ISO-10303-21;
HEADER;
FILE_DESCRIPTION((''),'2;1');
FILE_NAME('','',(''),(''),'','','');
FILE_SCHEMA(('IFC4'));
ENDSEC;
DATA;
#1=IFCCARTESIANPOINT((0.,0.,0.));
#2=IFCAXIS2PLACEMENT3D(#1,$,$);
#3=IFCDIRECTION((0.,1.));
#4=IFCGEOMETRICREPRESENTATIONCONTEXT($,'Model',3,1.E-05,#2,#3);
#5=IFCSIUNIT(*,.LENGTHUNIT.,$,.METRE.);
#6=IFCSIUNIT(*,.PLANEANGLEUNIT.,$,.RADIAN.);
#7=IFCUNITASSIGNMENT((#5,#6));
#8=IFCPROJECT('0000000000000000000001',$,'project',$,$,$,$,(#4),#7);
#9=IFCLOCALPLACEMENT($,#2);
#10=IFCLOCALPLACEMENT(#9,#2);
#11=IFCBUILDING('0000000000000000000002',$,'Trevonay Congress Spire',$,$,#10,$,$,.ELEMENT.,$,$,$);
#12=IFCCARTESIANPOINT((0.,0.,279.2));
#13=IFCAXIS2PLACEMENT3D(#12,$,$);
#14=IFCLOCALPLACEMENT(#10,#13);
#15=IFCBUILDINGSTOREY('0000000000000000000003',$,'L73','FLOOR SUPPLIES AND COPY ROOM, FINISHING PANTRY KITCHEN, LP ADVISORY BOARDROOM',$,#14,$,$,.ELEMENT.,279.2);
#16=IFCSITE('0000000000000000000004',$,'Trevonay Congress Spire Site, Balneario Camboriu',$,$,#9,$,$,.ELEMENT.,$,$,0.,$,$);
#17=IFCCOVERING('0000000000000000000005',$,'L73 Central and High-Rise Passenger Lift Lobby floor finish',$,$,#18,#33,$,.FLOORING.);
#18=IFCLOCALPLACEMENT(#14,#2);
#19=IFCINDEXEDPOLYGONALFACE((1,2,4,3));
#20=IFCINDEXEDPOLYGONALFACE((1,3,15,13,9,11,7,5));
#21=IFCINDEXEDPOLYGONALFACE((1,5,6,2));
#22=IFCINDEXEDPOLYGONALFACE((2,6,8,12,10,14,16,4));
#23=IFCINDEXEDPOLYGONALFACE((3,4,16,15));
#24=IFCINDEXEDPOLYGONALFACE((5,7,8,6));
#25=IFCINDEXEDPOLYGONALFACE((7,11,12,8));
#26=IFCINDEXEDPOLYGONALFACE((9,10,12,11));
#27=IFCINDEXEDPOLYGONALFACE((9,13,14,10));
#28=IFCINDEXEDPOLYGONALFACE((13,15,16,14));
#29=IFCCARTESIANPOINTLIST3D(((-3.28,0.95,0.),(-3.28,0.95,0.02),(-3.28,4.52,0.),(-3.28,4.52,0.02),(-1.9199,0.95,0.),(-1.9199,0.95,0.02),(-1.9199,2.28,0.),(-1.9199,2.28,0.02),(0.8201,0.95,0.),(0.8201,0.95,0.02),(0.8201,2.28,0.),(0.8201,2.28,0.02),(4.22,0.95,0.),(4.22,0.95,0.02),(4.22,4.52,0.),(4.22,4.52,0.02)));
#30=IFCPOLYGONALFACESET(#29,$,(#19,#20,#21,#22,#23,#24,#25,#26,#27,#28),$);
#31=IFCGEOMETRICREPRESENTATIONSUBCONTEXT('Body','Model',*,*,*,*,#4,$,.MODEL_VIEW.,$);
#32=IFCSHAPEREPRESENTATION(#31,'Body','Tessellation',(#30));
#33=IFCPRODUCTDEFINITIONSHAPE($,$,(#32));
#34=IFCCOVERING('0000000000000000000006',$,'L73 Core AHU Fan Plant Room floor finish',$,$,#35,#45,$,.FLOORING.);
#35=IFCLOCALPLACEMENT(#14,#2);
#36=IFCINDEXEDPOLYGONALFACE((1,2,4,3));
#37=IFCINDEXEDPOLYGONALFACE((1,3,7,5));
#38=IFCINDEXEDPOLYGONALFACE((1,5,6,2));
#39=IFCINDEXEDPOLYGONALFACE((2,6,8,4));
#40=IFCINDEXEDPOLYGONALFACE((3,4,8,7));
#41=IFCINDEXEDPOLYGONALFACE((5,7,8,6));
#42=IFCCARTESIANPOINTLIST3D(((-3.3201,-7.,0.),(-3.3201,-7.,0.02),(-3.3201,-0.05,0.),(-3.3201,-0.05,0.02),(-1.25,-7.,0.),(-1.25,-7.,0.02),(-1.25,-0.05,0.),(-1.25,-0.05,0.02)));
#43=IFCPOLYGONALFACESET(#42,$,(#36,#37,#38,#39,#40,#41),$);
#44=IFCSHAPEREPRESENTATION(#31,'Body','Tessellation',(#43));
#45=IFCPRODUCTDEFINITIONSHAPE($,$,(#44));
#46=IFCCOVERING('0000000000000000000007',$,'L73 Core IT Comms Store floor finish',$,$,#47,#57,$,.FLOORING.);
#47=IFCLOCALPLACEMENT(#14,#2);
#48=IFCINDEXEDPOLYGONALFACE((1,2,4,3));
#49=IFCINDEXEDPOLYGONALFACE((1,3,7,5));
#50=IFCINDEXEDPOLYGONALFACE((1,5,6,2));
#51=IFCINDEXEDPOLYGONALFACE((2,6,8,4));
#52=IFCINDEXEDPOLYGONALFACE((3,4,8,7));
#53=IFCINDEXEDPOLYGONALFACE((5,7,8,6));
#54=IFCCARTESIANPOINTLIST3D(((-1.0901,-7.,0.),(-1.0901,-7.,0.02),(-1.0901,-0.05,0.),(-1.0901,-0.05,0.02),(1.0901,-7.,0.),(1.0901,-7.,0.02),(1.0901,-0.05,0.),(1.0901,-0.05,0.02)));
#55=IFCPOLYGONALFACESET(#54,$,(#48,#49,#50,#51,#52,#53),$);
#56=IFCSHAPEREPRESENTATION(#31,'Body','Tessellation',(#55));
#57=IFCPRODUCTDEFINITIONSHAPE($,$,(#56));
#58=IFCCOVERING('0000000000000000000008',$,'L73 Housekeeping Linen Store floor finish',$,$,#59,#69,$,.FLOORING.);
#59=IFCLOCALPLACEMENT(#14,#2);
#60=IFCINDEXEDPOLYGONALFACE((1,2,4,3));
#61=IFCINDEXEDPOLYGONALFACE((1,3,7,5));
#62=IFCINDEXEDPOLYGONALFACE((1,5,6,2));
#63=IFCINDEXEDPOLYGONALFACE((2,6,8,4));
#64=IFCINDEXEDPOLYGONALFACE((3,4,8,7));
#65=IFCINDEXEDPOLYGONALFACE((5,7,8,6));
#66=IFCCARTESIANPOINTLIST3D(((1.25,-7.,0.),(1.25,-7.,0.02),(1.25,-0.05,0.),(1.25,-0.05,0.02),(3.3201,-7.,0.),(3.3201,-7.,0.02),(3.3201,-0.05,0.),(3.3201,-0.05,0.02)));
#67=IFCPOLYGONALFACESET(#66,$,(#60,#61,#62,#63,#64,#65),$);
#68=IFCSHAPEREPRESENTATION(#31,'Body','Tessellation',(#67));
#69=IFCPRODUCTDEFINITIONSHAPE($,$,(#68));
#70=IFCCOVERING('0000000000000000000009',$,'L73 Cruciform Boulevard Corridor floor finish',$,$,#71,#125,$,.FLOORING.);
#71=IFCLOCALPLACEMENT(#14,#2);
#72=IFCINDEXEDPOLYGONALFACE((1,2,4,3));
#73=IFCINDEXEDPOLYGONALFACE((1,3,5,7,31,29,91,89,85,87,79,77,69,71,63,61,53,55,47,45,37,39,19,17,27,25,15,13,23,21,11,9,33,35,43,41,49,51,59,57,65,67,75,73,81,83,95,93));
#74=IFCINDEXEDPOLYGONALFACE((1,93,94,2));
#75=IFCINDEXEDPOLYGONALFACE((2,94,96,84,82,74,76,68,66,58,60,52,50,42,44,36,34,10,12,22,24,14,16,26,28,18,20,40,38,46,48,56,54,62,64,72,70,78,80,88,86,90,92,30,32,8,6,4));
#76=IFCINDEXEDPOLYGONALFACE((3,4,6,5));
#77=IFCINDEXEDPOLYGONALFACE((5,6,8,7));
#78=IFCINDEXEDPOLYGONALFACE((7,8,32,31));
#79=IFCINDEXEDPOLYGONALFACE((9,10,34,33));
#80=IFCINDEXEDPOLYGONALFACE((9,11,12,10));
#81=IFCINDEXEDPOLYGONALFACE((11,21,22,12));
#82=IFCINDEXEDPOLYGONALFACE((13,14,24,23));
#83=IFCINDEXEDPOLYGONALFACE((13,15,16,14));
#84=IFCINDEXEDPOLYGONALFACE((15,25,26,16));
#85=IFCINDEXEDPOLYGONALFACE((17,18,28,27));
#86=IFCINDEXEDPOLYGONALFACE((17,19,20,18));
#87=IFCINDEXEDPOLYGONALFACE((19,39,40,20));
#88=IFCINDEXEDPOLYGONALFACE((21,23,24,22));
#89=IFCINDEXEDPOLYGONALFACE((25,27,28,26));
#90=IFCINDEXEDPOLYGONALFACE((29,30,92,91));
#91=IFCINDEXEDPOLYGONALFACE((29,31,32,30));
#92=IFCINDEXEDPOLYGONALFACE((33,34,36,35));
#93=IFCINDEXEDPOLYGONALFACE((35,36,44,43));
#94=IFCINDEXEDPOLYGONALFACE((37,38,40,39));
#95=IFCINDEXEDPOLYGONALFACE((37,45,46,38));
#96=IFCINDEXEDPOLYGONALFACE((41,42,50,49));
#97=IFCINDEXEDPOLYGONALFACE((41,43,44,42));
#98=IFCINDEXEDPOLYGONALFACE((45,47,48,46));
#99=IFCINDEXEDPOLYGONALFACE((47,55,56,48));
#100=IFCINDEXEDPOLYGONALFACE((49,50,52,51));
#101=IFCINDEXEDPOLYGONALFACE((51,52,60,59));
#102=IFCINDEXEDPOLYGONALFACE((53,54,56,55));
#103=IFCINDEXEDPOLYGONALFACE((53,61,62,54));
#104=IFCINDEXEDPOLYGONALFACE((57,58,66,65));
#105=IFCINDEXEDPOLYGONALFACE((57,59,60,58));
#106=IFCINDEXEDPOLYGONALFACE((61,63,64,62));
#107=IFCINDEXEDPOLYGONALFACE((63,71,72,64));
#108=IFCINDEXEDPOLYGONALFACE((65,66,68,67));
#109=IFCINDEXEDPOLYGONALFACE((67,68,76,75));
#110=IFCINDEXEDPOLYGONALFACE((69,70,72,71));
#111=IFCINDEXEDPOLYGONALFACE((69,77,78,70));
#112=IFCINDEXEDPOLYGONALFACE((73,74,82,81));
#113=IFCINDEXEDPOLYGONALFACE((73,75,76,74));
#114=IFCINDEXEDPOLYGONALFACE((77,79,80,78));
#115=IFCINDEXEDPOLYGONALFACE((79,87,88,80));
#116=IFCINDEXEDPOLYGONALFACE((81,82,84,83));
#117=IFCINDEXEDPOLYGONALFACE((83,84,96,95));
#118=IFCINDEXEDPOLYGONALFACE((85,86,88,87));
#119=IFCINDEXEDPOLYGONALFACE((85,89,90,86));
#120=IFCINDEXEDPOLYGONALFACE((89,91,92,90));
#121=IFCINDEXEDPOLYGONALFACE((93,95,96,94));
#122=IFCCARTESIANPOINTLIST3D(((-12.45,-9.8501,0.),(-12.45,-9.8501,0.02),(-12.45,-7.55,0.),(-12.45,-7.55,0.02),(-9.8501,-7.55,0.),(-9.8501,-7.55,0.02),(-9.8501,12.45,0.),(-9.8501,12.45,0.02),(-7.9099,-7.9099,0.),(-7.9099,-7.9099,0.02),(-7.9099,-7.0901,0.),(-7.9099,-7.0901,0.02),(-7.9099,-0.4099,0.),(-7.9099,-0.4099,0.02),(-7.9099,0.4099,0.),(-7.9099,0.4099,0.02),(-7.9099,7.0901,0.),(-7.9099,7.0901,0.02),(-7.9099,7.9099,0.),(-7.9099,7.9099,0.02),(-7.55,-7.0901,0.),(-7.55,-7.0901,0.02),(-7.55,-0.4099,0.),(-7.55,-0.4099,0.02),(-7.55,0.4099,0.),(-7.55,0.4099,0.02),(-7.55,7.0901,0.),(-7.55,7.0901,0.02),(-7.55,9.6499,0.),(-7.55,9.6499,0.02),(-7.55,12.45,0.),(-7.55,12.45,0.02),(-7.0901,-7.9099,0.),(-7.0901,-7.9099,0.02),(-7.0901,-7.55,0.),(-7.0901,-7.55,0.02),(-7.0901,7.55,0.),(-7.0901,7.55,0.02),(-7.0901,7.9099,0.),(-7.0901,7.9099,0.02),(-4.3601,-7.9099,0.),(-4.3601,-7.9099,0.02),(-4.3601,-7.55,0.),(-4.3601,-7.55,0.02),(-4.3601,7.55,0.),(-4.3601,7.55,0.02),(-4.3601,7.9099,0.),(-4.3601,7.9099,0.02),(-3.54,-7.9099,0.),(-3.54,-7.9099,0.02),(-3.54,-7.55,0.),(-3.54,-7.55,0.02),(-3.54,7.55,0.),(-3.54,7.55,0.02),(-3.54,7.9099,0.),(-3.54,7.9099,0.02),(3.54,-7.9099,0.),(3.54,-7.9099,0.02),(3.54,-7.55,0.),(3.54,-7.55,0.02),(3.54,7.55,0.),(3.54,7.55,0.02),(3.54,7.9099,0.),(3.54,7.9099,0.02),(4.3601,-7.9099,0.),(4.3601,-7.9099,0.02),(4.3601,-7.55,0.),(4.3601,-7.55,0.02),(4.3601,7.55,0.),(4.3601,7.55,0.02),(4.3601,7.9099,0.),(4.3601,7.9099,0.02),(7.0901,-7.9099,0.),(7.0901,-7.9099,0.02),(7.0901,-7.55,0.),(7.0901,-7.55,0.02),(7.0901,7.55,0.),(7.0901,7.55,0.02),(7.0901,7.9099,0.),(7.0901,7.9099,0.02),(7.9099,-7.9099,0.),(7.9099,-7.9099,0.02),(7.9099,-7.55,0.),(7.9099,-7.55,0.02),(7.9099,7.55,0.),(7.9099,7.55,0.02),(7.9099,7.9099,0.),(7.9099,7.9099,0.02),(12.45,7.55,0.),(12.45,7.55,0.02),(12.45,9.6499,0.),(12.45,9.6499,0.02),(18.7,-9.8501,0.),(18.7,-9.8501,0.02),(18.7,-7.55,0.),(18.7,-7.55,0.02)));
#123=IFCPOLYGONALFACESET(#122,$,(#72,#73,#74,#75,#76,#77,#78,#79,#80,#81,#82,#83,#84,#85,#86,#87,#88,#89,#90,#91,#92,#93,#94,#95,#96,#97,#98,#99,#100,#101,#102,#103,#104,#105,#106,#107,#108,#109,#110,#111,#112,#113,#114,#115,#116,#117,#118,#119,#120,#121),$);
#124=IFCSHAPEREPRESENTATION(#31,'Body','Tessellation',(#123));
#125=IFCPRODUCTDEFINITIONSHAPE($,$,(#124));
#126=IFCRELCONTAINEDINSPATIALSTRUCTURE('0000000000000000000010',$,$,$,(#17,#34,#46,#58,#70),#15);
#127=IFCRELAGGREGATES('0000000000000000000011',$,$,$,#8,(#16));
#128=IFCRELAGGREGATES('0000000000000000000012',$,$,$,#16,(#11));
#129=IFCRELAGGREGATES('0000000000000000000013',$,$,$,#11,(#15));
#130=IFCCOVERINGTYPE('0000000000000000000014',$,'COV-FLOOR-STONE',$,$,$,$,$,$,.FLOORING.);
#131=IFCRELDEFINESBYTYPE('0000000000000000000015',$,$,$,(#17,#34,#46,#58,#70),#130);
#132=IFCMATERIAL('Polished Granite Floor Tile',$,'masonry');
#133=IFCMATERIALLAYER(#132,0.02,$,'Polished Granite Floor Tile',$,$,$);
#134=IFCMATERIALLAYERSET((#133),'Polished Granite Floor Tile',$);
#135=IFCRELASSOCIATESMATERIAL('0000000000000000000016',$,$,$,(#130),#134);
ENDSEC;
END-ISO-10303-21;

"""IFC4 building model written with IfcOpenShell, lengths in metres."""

from ifc_helpers import new_model, si_unit, direction, frame, origin, place, context, subcontext, project, spatial, polyline, outline, extrude, material, layer, layer_set, type_object, element, save


model = new_model("IFC4")

# Units and contexts
model_context = context("Model", 3, precision=1e-05, world=origin(), true_north=direction((0.0, 1.0)))
body_context = subcontext(model_context, "Body", "Model", "MODEL_VIEW")
ifc_project = project(units=[si_unit("LENGTHUNIT", "METRE"), si_unit("PLANEANGLEUNIT", "RADIAN")], contexts=[model_context])

# Site, building, storey
site_placement = place(None, origin())
site = spatial("IfcSite", under=ifc_project, at=site_placement, Name="Trevonay Congress Spire Site, Balneario Camboriu", CompositionType="ELEMENT", RefElevation=0.0)
building_placement = place(site_placement, origin())
building = spatial("IfcBuilding", under=site, at=building_placement, Name="Trevonay Congress Spire", CompositionType="ELEMENT")
storey_placement = place(building_placement, frame((0.0, 0.0, 279.2)))
storey = spatial("IfcBuildingStorey", under=building, at=storey_placement, Name="L73", Description="FLOOR SUPPLIES AND COPY ROOM, FINISHING PANTRY KITCHEN, LP ADVISORY BOARDROOM", CompositionType="ELEMENT", Elevation=279.2)

# Coverings
ifc_material_1 = material(Name="Polished Granite Floor Tile", Category="masonry")
ifc_layer_1 = layer(ifc_material_1, 0.02, Name="Polished Granite Floor Tile")
ifc_layer_set_1 = layer_set([ifc_layer_1], Name="Polished Granite Floor Tile")
covering_type_1 = type_object("IfcCoveringType", Name="COV-FLOOR-STONE", PredefinedType="FLOORING", material=ifc_layer_set_1)
covering_1_placement = place(storey_placement, origin())
element("IfcCovering", 1, at=covering_1_placement, inside=storey, type_object=covering_type_1, Name="L73 Central and High-Rise Passenger Lift Lobby floor finish", PredefinedType="FLOORING", context=body_context, shape_type="SweptSolid", body=[
    extrude(outline(polyline([(-3.28, 0.95), (-1.9199, 0.95), (-1.9199, 2.28), (0.8201, 2.28), (0.8201, 0.95), (4.22, 0.95), (4.22, 4.52), (-3.28, 4.52), (-3.28, 0.95)])), origin(), (0.0, 0.0, 1.0), 0.02),
])
covering_2_placement = place(storey_placement, origin())
element("IfcCovering", 2, at=covering_2_placement, inside=storey, type_object=covering_type_1, Name="L73 Core AHU Fan Plant Room floor finish", PredefinedType="FLOORING", context=body_context, shape_type="SweptSolid", body=[
    extrude(outline(polyline([(-3.3201, -7.0), (-1.25, -7.0), (-1.25, -0.05), (-3.3201, -0.05), (-3.3201, -7.0)])), origin(), (0.0, 0.0, 1.0), 0.02),
])
covering_3_placement = place(storey_placement, origin())
element("IfcCovering", 3, at=covering_3_placement, inside=storey, type_object=covering_type_1, Name="L73 Core IT Comms Store floor finish", PredefinedType="FLOORING", context=body_context, shape_type="SweptSolid", body=[
    extrude(outline(polyline([(-1.0901, -7.0), (1.0901, -7.0), (1.0901, -0.05), (-1.0901, -0.05), (-1.0901, -7.0)])), origin(), (0.0, 0.0, 1.0), 0.02),
])
covering_4_placement = place(storey_placement, origin())
element("IfcCovering", 4, at=covering_4_placement, inside=storey, type_object=covering_type_1, Name="L73 Housekeeping Linen Store floor finish", PredefinedType="FLOORING", context=body_context, shape_type="SweptSolid", body=[
    extrude(outline(polyline([(1.25, -7.0), (3.3201, -7.0), (3.3201, -0.05), (1.25, -0.05), (1.25, -7.0)])), origin(), (0.0, 0.0, 1.0), 0.02),
])
covering_5_placement = place(storey_placement, origin())
element("IfcCovering", 5, at=covering_5_placement, inside=storey, type_object=covering_type_1, Name="L73 Cruciform Boulevard Corridor floor finish", PredefinedType="FLOORING", context=body_context, shape_type="SweptSolid", body=[
    extrude(outline(polyline([(18.7, -7.55), (18.7, -9.8501), (-12.45, -9.8501), (-12.45, -7.55), (-9.8501, -7.55), (-9.8501, 12.45), (-7.55, 12.45), (-7.55, 9.6499), (12.45, 9.6499), (12.45, 7.55), (7.9099, 7.55), (7.9099, 7.9099), (7.0901, 7.9099), (7.0901, 7.55), (4.3601, 7.55), (4.3601, 7.9099), (3.54, 7.9099), (3.54, 7.55), (-3.54, 7.55), (-3.54, 7.9099), (-4.3601, 7.9099), (-4.3601, 7.55), (-7.0901, 7.55), (-7.0901, 7.9099), (-7.9099, 7.9099), (-7.9099, 7.0901), (-7.55, 7.0901), (-7.55, 0.4099), (-7.9099, 0.4099), (-7.9099, -0.4099), (-7.55, -0.4099), (-7.55, -7.0901), (-7.9099, -7.0901), (-7.9099, -7.9099), (-7.0901, -7.9099), (-7.0901, -7.55), (-4.3601, -7.55), (-4.3601, -7.9099), (-3.54, -7.9099), (-3.54, -7.55), (3.54, -7.55), (3.54, -7.9099), (4.3601, -7.9099), (4.3601, -7.55), (7.0901, -7.55), (7.0901, -7.9099), (7.9099, -7.9099), (7.9099, -7.55), (18.7, -7.55)])), origin(), (0.0, 0.0, 1.0), 0.02),
])

save(model, "model.ifc")
